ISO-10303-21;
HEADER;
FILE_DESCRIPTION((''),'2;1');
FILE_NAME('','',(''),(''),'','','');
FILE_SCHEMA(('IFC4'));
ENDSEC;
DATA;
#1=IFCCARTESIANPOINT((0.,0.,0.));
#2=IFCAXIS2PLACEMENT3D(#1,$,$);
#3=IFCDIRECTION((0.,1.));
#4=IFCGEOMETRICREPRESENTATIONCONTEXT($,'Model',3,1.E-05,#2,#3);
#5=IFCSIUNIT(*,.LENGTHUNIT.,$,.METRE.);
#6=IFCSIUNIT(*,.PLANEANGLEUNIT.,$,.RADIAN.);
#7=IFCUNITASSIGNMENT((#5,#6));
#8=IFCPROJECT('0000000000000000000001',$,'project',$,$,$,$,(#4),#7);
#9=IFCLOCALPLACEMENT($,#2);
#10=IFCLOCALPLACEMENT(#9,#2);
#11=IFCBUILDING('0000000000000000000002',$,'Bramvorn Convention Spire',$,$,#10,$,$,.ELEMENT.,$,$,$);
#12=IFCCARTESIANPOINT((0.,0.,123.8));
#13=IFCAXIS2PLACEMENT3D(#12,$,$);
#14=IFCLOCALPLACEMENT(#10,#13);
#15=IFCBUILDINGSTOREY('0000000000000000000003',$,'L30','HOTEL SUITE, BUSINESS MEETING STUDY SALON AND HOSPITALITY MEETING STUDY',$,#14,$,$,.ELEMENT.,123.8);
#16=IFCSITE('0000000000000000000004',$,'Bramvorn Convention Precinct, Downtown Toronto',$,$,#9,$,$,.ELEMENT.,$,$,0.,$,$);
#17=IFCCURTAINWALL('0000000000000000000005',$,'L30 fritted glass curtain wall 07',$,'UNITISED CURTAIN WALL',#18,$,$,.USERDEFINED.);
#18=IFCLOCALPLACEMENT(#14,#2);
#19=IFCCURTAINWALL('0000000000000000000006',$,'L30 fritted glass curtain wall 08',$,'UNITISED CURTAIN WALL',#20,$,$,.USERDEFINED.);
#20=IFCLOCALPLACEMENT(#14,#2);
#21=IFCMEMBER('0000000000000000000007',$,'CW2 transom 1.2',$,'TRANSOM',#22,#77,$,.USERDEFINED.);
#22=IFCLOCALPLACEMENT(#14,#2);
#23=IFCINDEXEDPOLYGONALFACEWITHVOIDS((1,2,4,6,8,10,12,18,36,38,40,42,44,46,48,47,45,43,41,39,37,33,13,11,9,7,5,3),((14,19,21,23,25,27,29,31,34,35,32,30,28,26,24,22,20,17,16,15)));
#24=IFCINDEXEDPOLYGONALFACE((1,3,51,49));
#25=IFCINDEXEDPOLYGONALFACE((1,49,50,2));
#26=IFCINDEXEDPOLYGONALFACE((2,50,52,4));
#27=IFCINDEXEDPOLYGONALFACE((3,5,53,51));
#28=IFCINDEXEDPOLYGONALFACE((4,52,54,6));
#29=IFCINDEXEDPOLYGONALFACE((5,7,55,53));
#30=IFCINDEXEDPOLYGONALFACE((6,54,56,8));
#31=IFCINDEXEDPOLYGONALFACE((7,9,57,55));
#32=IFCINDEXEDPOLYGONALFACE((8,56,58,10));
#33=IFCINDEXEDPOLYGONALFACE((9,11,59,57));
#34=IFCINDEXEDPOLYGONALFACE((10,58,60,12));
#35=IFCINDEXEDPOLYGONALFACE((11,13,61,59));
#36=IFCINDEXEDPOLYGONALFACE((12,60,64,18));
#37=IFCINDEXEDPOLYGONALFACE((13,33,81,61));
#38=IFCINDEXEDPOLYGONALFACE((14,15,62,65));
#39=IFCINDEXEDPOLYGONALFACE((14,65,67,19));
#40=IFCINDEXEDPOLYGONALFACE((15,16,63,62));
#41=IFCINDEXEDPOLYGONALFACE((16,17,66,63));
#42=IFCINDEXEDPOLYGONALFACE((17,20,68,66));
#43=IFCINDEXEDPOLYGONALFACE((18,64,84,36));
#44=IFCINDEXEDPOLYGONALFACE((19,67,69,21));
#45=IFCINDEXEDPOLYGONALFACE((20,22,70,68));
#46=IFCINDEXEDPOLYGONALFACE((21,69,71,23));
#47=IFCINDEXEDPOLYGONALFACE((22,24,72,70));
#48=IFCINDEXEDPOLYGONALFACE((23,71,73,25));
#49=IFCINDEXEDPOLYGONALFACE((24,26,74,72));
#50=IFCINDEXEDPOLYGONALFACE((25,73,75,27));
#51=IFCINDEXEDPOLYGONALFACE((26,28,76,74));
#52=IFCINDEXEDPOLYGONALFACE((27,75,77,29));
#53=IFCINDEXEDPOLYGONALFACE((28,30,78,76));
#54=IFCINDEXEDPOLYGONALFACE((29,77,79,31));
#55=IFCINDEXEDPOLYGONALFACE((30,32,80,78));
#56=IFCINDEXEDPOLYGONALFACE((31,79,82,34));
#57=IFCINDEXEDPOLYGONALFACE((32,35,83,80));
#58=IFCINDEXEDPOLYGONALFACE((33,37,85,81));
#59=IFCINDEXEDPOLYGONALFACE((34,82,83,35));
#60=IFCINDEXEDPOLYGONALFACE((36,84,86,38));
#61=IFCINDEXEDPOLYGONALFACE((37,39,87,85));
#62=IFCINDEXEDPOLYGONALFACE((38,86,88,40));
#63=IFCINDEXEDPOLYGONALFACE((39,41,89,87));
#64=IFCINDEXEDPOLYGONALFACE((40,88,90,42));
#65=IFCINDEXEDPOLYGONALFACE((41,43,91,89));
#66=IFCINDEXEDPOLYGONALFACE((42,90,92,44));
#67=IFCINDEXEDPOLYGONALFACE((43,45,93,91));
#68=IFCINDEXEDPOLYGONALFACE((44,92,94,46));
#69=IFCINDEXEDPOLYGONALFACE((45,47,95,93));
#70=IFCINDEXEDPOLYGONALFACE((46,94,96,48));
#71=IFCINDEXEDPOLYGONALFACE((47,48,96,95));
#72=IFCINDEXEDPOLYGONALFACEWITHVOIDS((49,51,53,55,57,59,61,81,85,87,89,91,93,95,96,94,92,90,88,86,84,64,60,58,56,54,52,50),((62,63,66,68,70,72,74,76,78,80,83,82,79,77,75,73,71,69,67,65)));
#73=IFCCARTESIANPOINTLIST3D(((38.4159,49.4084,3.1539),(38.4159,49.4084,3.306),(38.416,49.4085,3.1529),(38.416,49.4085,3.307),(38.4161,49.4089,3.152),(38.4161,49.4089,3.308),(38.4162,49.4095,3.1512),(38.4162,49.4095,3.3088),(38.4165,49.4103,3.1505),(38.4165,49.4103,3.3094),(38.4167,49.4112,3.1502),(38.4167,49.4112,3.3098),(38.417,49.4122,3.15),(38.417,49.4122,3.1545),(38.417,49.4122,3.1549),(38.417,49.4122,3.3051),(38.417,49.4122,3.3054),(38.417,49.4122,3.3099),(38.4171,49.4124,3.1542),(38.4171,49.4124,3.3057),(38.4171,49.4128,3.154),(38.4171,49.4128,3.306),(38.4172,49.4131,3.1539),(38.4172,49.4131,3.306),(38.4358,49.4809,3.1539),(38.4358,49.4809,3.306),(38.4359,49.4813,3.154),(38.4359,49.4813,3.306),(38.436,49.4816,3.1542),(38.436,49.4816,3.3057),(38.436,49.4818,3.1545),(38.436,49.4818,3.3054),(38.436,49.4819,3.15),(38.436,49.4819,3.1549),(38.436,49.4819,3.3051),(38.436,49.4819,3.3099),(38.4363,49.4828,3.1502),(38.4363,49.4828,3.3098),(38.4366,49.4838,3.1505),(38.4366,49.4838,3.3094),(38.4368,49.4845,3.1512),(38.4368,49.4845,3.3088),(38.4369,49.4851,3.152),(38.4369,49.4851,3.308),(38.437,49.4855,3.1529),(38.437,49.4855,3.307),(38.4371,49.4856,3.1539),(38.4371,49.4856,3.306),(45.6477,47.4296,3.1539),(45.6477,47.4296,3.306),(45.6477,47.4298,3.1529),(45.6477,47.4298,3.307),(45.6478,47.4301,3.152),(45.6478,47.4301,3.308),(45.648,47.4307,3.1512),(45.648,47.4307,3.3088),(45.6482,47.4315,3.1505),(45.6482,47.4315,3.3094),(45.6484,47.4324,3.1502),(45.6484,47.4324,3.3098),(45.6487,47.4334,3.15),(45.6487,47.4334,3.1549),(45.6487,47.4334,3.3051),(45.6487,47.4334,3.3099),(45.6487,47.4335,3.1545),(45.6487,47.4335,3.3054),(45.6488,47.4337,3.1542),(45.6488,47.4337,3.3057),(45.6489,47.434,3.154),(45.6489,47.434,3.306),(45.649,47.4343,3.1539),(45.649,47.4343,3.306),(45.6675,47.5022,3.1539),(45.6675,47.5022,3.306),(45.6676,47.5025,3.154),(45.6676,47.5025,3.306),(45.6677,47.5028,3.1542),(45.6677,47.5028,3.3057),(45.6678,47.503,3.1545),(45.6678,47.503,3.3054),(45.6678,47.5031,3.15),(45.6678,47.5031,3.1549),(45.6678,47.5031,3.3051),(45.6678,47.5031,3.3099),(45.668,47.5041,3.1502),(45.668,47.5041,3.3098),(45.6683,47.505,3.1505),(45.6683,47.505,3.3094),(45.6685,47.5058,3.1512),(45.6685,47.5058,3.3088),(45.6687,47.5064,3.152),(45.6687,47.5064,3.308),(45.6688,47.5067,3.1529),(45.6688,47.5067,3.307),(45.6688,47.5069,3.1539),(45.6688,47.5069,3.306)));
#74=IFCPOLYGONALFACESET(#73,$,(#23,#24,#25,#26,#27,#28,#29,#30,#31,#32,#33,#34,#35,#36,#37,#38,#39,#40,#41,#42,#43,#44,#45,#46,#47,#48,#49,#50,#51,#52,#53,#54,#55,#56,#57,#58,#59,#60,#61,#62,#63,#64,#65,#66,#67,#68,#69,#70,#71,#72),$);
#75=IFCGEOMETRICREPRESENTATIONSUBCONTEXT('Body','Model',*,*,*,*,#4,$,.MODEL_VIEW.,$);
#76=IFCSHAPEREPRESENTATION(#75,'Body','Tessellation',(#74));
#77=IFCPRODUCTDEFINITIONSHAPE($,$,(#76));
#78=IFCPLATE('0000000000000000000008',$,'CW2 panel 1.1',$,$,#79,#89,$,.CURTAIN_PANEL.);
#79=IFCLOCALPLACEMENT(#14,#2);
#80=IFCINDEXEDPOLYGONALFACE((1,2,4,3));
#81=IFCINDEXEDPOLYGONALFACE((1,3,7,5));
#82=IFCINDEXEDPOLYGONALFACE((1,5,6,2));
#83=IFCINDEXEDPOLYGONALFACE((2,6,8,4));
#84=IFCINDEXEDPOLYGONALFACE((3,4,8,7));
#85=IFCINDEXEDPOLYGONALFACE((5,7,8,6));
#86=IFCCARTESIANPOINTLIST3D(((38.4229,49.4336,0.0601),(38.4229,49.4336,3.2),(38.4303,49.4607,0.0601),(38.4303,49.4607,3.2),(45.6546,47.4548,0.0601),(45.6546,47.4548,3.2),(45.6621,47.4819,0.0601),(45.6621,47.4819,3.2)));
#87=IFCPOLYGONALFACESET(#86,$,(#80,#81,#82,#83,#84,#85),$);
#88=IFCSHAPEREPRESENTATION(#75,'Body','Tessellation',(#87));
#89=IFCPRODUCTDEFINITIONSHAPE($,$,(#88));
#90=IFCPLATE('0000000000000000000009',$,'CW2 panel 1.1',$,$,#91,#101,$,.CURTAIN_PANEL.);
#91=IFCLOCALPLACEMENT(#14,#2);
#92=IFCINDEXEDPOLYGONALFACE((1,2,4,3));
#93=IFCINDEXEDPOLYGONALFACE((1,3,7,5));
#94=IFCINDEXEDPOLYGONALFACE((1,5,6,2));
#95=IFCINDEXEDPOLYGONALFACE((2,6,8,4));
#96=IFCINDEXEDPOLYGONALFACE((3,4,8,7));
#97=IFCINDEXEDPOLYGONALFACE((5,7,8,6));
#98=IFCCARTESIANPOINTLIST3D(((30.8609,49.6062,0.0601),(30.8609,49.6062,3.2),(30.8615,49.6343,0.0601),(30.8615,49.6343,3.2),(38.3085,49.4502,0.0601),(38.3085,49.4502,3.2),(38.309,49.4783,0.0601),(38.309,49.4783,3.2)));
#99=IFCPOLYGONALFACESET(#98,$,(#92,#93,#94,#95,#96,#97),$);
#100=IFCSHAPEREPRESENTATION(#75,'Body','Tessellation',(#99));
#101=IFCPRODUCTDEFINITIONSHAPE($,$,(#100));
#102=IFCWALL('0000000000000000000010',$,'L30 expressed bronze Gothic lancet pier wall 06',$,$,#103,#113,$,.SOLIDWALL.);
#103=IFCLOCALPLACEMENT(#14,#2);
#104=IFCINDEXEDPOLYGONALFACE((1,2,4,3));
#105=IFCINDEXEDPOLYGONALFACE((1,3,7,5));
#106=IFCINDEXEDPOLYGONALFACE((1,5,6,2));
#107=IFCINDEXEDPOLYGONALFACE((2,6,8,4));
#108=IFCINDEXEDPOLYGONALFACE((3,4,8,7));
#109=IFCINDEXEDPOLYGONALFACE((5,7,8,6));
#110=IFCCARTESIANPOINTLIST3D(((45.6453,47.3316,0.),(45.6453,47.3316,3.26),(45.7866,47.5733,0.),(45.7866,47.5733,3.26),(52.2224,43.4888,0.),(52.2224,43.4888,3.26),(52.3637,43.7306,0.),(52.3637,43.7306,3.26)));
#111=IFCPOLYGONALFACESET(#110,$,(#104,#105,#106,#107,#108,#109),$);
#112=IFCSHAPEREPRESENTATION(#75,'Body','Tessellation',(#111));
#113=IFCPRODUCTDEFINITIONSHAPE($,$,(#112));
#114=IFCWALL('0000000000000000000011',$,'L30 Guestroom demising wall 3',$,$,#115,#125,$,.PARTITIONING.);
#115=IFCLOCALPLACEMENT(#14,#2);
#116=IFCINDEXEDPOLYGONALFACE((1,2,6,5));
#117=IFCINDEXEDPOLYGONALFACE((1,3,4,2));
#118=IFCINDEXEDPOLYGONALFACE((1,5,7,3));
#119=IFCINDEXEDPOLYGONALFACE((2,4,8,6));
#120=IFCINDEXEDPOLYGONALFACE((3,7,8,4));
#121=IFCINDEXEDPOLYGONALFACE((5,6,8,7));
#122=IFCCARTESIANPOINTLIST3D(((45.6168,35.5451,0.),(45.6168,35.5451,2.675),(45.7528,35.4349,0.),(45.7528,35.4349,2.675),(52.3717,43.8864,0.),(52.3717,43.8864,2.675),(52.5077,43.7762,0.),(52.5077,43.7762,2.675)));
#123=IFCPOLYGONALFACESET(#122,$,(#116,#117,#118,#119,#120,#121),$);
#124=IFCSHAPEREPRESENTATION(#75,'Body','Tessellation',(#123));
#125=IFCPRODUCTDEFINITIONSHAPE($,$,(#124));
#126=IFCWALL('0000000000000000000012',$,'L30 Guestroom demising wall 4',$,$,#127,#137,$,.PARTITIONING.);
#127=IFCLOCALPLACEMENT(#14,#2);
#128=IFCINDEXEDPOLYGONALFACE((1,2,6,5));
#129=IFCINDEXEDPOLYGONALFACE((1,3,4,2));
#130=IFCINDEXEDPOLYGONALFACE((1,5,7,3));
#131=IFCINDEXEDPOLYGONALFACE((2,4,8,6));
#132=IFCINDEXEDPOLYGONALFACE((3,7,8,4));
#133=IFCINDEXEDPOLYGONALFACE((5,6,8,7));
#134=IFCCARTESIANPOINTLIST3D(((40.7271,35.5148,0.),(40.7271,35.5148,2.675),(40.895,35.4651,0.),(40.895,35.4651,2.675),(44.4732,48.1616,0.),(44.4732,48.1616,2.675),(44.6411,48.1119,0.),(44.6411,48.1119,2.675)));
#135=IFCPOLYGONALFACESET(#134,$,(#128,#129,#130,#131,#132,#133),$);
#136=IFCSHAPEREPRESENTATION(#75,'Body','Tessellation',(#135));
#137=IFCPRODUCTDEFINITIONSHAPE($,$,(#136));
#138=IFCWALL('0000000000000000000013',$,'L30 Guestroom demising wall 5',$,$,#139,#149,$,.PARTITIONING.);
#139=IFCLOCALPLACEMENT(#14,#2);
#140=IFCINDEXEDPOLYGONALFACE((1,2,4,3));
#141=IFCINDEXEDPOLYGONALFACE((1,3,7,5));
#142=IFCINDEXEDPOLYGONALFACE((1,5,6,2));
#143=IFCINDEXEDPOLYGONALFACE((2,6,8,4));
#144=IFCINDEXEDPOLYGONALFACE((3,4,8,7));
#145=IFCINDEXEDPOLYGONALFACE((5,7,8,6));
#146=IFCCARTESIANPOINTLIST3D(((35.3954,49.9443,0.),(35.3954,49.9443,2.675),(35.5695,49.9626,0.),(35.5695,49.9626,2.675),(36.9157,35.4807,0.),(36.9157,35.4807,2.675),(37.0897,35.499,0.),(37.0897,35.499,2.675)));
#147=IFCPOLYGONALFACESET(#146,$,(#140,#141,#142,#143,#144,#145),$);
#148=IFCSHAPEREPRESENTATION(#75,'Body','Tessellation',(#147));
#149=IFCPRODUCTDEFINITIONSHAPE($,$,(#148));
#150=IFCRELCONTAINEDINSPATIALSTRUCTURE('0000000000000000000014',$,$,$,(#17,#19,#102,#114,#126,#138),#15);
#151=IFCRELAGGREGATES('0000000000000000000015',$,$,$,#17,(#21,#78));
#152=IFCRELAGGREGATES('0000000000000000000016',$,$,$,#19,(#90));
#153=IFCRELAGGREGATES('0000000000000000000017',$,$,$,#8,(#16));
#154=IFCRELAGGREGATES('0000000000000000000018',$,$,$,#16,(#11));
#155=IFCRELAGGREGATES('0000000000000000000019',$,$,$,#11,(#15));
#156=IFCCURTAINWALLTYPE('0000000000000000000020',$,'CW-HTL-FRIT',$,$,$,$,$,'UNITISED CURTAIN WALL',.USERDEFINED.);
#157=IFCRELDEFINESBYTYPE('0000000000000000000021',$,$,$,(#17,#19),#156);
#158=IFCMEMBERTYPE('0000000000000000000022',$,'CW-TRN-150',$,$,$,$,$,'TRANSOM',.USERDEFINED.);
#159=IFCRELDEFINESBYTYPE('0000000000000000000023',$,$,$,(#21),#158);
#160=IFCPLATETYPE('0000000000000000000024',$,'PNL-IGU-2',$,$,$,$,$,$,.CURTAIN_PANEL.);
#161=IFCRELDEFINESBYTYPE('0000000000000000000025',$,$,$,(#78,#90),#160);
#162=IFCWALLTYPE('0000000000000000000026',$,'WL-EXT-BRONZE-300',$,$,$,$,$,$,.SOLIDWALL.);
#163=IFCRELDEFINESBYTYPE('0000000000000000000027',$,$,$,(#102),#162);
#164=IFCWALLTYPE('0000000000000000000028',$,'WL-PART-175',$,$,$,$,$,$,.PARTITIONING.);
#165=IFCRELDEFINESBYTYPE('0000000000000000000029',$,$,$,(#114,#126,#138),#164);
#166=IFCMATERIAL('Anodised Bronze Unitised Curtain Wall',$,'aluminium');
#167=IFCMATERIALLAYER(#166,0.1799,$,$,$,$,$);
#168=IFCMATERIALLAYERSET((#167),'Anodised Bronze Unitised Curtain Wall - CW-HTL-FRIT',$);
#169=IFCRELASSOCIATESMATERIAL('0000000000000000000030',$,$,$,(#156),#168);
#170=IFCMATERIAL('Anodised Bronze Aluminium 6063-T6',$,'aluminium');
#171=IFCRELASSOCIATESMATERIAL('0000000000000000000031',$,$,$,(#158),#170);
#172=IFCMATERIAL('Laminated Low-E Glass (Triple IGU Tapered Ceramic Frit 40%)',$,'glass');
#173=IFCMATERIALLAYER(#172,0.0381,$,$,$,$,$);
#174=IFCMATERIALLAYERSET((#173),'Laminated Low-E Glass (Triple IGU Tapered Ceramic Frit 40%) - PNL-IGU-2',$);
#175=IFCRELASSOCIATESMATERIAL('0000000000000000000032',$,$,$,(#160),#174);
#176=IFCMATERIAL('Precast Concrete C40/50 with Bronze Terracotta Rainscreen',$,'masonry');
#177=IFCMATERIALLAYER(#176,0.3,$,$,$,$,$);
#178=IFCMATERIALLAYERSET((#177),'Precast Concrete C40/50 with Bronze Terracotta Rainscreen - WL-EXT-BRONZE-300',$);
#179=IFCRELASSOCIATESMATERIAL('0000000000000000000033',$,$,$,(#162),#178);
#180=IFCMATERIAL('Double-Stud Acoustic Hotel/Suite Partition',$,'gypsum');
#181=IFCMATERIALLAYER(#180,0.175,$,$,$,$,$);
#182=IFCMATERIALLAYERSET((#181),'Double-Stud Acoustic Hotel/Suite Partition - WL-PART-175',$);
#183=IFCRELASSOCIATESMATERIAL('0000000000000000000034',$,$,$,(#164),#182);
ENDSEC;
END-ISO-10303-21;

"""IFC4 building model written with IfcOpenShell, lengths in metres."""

from ifc_helpers import new_model, si_unit, direction, frame, frame_2d, origin, origin_2d, place, context, subcontext, project, spatial, rectangle, hollow_rectangle, extrude, material, layer, layer_set, material_profile, profile_set, type_object, element, aggregate, save


model = new_model("IFC4")

# Units and contexts
model_context = context("Model", 3, precision=1e-05, world=origin(), true_north=direction((0.0, 1.0)))
body_context = subcontext(model_context, "Body", "Model", "MODEL_VIEW")
ifc_project = project(units=[si_unit("LENGTHUNIT", "METRE"), si_unit("PLANEANGLEUNIT", "RADIAN")], contexts=[model_context])

# Site, building, storey
site_placement = place(None, origin())
site = spatial("IfcSite", under=ifc_project, at=site_placement, Name="Bramvorn Convention Precinct, Downtown Toronto", CompositionType="ELEMENT", RefElevation=0.0)
building_placement = place(site_placement, origin())
building = spatial("IfcBuilding", under=site, at=building_placement, Name="Bramvorn Convention Spire", CompositionType="ELEMENT")
storey_placement = place(building_placement, frame((0.0, 0.0, 123.8)))
storey = spatial("IfcBuildingStorey", under=building, at=storey_placement, Name="L30", Description="HOTEL SUITE, BUSINESS MEETING STUDY SALON AND HOSPITALITY MEETING STUDY", CompositionType="ELEMENT", Elevation=123.8)

# Curtain wall
ifc_material_1 = material(Name="Anodised Bronze Unitised Curtain Wall", Category="aluminium")
ifc_layer_1 = layer(ifc_material_1, 0.1799)
ifc_layer_set_1 = layer_set([ifc_layer_1], Name="Anodised Bronze Unitised Curtain Wall - CW-HTL-FRIT")
curtain_wall_type = type_object("IfcCurtainWallType", Name="CW-HTL-FRIT", ElementType="UNITISED CURTAIN WALL", PredefinedType="USERDEFINED", material=ifc_layer_set_1)
curtain_wall_1_placement = place(storey_placement, origin())
curtain_wall_1 = element("IfcCurtainWall", 1, at=curtain_wall_1_placement, inside=storey, type_object=curtain_wall_type, Name="L30 fritted glass curtain wall 07", ObjectType="UNITISED CURTAIN WALL", PredefinedType="USERDEFINED")
ifc_material_2 = material(Name="Anodised Bronze Aluminium 6063-T6", Category="aluminium")

# Curtain wall
curtain_wall_2_placement = place(storey_placement, origin())
curtain_wall_2 = element("IfcCurtainWall", 2, at=curtain_wall_2_placement, inside=storey, type_object=curtain_wall_type, Name="L30 fritted glass curtain wall 08", ObjectType="UNITISED CURTAIN WALL", PredefinedType="USERDEFINED")

# Member
ifc_material_profile_1 = material_profile(ifc_material_2, hollow_rectangle(XDim=0.0801, YDim=0.1599, WallThickness=0.0039, InnerFilletRadius=0.001, OuterFilletRadius=0.0039, at=origin_2d()))
ifc_profile_set_1 = profile_set([ifc_material_profile_1], Name="Anodised Bronze Aluminium 6063-T6 - CWT80X160")
member_type_1 = type_object("IfcMemberType", Name="CW-TRN-150", ElementType="TRANSOM", PredefinedType="USERDEFINED", material=ifc_profile_set_1)
member_1_placement = place(storey_placement, frame((38.4265, 49.447, 3.23), z_axis=(0.964544, -0.263922, 0.0), x_axis=(0.263922, 0.964544, 0.0)))
member_1 = element("IfcMember", 3, at=member_1_placement, type_object=member_type_1, Name="CW2 transom 1.2", ObjectType="TRANSOM", PredefinedType="USERDEFINED", context=body_context, shape_type="SweptSolid", body=[
    extrude(hollow_rectangle(XDim=0.0801, YDim=0.1599, WallThickness=0.0039, InnerFilletRadius=0.001, OuterFilletRadius=0.0039, at=origin_2d()), origin(), (0.0, 0.0, 1.0), 7.4976),
])

# Plates
ifc_material_3 = material(Name="Laminated Low-E Glass (Triple IGU Tapered Ceramic Frit 40%)", Category="glass")
ifc_layer_2 = layer(ifc_material_3, 0.0381)
ifc_layer_set_2 = layer_set([ifc_layer_2], Name="Laminated Low-E Glass (Triple IGU Tapered Ceramic Frit 40%) - PNL-IGU-2")
plate_type = type_object("IfcPlateType", Name="PNL-IGU-2", PredefinedType="CURTAIN_PANEL", material=ifc_layer_set_2)
plate_1_placement = place(storey_placement, frame((42.0425, 48.4578, 0.0601), z_axis=(0.0, 0.0, 1.0), x_axis=(0.964545, -0.263919, 0.0)))
plate_1 = element("IfcPlate", 4, at=plate_1_placement, type_object=plate_type, Name="CW2 panel 1.1", PredefinedType="CURTAIN_PANEL", context=body_context, shape_type="SweptSolid", body=[
    extrude(rectangle(XDim=7.4976, YDim=0.0281, at=origin_2d()), origin(), (0.0, 0.0, 1.0), 3.1399),
])
aggregate(curtain_wall_1, [member_1, plate_1])
plate_2_placement = place(storey_placement, frame((34.585, 49.5422, 0.0601), z_axis=(0.0, 0.0, 1.0), x_axis=(0.999781, -0.02094, 0.0)))
plate_2 = element("IfcPlate", 5, at=plate_2_placement, type_object=plate_type, Name="CW2 panel 1.1", PredefinedType="CURTAIN_PANEL", context=body_context, shape_type="SweptSolid", body=[
    extrude(rectangle(XDim=7.4492, YDim=0.0281, at=origin_2d()), origin(), (0.0, 0.0, 1.0), 3.1399),
])
aggregate(curtain_wall_2, [plate_2])

# Walls
ifc_material_4 = material(Name="Precast Concrete C40/50 with Bronze Terracotta Rainscreen", Category="masonry")
ifc_layer_3 = layer(ifc_material_4, 0.3)
ifc_layer_set_3 = layer_set([ifc_layer_3], Name="Precast Concrete C40/50 with Bronze Terracotta Rainscreen - WL-EXT-BRONZE-300")
wall_type_1 = type_object("IfcWallType", Name="WL-EXT-BRONZE-300", PredefinedType="SOLIDWALL", material=ifc_layer_set_3)
wall_1_placement = place(storey_placement, frame((45.7161, 47.4524, 0.0), z_axis=(0.0, 0.0, 1.0), x_axis=(0.86343, -0.504469, 0.0)))
element("IfcWall", 6, at=wall_1_placement, inside=storey, type_object=wall_type_1, Name="L30 expressed bronze Gothic lancet pier wall 06", PredefinedType="SOLIDWALL", context=body_context, shape_type="SweptSolid", body=[
    extrude(rectangle(XDim=7.6174, YDim=0.28, at=frame_2d((3.8086, 0.0))), origin(), (0.0, 0.0, 1.0), 3.26),
])
ifc_material_5 = material(Name="Double-Stud Acoustic Hotel/Suite Partition", Category="gypsum")
ifc_layer_4 = layer(ifc_material_5, 0.175)
ifc_layer_set_4 = layer_set([ifc_layer_4], Name="Double-Stud Acoustic Hotel/Suite Partition - WL-PART-175")
wall_type_2 = type_object("IfcWallType", Name="WL-PART-175", PredefinedType="PARTITIONING", material=ifc_layer_set_4)
wall_2_placement = place(storey_placement, frame((45.6848, 35.49, 0.0), z_axis=(0.0, 0.0, 1.0), x_axis=(0.629333, 0.777136, 0.0)))
element("IfcWall", 7, at=wall_2_placement, inside=storey, type_object=wall_type_2, Name="L30 Guestroom demising wall 3", PredefinedType="PARTITIONING", context=body_context, shape_type="SweptSolid", body=[
    extrude(rectangle(XDim=10.7334, YDim=0.175, at=frame_2d((5.3667, 0.0))), origin(), (0.0, 0.0, 1.0), 2.675),
])
wall_3_placement = place(storey_placement, frame((40.811, 35.49, 0.0), z_axis=(0.0, 0.0, 1.0), x_axis=(0.284013, 0.958821, 0.0)))
element("IfcWall", 8, at=wall_3_placement, inside=storey, type_object=wall_type_2, Name="L30 Guestroom demising wall 4", PredefinedType="PARTITIONING", context=body_context, shape_type="SweptSolid", body=[
    extrude(rectangle(XDim=13.1899, YDim=0.175, at=frame_2d((6.595, 0.0))), origin(), (0.0, 0.0, 1.0), 2.675),
])
wall_4_placement = place(storey_placement, frame((37.0027, 35.49, 0.0), z_axis=(0.0, 0.0, 1.0), x_axis=(-0.104534, 0.994521, 0.0)))
element("IfcWall", 9, at=wall_4_placement, inside=storey, type_object=wall_type_2, Name="L30 Guestroom demising wall 5", PredefinedType="PARTITIONING", context=body_context, shape_type="SweptSolid", body=[
    extrude(rectangle(XDim=14.5432, YDim=0.175, at=frame_2d((7.2715, 0.0))), origin(), (0.0, 0.0, 1.0), 2.675),
])

save(model, "model.ifc")
